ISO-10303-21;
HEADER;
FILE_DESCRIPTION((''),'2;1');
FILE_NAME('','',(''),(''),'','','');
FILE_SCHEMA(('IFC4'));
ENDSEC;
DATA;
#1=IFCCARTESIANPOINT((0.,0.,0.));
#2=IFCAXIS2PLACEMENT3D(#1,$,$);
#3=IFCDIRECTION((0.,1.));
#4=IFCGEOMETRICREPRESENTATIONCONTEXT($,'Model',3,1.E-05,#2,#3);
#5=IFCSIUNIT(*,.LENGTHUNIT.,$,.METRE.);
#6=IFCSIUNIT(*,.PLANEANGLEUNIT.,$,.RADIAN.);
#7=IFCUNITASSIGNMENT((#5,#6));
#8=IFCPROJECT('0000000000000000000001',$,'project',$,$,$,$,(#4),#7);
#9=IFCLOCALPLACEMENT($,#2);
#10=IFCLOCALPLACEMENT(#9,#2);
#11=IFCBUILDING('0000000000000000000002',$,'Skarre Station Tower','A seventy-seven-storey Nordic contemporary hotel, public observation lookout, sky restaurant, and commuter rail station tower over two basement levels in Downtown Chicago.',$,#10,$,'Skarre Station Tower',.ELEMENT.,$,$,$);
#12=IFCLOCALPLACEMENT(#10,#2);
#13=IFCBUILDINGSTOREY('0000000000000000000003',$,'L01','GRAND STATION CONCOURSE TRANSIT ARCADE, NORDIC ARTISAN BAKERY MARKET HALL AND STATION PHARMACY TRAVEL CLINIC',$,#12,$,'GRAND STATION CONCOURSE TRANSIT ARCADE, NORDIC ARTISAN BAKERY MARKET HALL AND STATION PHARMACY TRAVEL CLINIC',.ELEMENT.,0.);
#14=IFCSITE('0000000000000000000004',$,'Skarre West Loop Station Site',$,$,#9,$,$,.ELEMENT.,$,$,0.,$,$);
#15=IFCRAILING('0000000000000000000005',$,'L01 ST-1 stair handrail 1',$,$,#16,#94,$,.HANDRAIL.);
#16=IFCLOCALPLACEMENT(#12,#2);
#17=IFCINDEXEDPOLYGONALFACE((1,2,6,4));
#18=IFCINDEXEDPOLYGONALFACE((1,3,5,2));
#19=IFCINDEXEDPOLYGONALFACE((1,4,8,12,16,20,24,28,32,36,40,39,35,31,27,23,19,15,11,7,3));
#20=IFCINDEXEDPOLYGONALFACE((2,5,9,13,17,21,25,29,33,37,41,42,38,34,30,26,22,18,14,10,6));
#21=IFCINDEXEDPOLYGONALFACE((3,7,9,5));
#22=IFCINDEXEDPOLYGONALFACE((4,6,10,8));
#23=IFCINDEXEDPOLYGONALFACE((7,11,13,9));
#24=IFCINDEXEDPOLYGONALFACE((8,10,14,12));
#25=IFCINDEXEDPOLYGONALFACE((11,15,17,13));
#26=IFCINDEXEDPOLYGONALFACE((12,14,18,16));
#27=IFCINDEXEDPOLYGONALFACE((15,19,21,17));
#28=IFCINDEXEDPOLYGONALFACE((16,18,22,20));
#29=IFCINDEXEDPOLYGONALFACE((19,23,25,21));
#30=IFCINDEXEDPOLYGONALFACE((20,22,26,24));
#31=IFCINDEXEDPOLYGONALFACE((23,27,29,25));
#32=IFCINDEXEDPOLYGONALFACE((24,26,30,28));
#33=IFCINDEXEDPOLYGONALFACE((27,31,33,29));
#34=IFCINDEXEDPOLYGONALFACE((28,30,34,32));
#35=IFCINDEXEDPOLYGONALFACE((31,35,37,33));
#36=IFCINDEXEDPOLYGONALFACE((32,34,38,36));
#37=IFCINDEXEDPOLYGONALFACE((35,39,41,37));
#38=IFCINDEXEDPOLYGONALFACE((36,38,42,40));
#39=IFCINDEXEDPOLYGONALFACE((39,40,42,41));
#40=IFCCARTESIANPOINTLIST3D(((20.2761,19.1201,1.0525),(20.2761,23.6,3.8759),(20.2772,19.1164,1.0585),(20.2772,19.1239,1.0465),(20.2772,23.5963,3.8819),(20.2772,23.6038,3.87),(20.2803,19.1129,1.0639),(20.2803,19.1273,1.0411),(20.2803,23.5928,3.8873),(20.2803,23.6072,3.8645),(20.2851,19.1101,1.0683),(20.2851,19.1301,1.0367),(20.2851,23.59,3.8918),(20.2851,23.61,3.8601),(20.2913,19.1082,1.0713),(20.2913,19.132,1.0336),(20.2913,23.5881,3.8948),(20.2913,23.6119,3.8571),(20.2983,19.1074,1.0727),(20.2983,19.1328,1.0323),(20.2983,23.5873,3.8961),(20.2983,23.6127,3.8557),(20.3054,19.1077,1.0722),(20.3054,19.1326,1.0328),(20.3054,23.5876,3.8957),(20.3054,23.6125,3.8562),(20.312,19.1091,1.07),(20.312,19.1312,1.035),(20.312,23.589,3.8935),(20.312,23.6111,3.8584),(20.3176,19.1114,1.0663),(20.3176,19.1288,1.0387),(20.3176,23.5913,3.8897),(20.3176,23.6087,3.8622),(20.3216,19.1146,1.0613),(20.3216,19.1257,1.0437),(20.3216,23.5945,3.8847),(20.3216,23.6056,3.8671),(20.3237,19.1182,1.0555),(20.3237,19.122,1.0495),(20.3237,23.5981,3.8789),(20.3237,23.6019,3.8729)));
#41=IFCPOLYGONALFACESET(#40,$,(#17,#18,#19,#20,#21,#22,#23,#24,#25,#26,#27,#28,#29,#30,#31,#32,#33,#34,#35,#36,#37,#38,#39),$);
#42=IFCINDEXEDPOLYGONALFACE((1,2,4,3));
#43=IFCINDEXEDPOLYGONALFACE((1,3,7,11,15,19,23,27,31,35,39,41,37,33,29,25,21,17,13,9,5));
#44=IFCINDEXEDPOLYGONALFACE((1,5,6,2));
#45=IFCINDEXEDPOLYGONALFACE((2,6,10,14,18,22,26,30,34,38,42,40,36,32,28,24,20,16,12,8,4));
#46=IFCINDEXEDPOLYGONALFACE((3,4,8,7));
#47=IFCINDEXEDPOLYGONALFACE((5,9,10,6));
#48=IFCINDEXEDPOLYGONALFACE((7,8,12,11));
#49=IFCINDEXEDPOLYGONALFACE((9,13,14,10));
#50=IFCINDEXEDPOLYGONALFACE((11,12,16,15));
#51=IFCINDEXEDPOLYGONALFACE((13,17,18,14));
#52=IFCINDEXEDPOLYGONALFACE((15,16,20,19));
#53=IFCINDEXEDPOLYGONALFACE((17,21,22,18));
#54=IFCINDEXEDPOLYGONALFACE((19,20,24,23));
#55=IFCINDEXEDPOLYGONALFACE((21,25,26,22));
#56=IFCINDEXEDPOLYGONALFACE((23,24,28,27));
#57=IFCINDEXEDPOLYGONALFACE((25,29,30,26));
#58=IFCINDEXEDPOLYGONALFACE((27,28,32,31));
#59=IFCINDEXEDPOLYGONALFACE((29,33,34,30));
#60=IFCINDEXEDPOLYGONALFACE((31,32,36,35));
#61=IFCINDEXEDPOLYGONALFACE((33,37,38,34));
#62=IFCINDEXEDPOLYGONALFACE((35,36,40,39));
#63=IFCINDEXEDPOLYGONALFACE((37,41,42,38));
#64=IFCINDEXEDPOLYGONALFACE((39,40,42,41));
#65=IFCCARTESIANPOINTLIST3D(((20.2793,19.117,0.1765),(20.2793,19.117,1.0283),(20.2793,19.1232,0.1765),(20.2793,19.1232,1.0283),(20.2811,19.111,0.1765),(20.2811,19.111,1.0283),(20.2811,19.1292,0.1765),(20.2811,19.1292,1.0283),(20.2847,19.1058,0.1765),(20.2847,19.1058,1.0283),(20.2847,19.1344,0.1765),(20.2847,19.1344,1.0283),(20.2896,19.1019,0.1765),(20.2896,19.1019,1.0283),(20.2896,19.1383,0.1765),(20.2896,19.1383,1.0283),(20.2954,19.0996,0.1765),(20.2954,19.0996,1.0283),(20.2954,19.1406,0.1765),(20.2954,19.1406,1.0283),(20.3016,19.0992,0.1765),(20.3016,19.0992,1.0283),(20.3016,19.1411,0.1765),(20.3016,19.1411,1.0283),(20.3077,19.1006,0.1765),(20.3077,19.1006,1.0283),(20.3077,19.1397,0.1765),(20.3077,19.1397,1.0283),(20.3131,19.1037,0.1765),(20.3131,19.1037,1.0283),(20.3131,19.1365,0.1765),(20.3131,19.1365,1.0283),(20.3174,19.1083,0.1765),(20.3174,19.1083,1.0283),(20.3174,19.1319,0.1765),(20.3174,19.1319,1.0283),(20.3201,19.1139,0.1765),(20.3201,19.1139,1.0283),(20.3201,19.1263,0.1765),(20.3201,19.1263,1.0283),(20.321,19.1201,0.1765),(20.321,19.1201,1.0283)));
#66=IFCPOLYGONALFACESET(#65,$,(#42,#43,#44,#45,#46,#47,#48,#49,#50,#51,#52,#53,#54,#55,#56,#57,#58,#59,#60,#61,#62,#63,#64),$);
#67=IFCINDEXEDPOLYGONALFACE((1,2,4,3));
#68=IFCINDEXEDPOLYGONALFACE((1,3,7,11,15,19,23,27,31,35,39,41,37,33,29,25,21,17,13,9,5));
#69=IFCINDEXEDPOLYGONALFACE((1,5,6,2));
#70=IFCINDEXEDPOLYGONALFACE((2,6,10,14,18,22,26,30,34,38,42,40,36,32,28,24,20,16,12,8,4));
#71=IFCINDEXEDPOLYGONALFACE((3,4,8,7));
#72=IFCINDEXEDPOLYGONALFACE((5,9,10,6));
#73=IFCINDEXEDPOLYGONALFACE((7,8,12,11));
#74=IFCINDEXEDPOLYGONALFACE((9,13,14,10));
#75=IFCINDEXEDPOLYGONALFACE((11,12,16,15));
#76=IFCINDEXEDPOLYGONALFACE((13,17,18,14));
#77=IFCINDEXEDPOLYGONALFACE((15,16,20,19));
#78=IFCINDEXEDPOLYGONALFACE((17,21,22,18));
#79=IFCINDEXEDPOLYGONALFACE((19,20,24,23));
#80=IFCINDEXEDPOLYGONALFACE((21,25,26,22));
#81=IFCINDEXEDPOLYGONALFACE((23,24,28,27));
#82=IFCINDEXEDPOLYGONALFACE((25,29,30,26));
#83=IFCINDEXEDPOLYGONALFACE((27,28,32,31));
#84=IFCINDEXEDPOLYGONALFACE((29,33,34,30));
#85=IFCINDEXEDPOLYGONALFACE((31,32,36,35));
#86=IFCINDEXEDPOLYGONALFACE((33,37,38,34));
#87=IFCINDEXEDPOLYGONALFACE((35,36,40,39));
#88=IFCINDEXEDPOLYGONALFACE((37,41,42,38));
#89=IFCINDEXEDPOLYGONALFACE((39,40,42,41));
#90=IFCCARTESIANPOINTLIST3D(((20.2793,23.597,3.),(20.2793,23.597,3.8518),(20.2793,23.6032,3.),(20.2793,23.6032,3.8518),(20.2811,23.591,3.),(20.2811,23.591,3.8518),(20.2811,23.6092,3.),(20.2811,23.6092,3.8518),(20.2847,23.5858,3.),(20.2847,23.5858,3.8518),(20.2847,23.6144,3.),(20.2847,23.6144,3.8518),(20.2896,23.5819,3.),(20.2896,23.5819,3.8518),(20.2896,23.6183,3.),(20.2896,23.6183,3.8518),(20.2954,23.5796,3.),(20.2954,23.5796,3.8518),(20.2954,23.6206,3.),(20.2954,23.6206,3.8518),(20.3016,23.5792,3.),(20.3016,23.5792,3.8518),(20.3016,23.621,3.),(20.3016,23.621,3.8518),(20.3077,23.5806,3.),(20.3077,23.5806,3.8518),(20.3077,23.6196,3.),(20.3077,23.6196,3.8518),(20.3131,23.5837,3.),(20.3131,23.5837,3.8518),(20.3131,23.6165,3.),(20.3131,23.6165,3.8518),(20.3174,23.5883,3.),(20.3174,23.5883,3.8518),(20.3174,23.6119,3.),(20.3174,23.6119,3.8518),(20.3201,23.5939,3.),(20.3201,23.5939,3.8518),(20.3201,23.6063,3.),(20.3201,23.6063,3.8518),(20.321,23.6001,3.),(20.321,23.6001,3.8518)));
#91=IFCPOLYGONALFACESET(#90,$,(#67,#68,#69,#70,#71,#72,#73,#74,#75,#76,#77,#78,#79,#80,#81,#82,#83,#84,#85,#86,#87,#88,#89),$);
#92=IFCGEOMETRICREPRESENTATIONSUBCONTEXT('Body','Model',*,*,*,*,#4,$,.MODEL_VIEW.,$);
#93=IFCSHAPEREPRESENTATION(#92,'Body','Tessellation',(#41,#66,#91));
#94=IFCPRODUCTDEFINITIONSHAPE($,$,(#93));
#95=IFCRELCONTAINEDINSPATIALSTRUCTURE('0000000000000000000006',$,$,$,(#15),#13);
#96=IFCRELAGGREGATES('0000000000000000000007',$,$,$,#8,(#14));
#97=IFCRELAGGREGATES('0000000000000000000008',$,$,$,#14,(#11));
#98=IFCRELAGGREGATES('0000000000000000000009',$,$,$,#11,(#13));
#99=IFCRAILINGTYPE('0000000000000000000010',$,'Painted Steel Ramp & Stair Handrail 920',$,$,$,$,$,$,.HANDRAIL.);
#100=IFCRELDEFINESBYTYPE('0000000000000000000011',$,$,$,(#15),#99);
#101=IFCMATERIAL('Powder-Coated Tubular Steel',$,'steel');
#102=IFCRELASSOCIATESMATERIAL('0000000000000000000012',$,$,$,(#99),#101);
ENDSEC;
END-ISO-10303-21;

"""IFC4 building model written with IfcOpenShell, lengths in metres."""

from ifc_helpers import new_model, si_unit, direction, frame, origin, origin_2d, place, context, subcontext, project, spatial, circle, extrude, material, type_object, element, save


model = new_model("IFC4")

# Units and contexts
model_context = context("Model", 3, precision=1e-05, world=origin(), true_north=direction((0.0, 1.0)))
body_context = subcontext(model_context, "Body", "Model", "MODEL_VIEW")
ifc_project = project(units=[si_unit("LENGTHUNIT", "METRE"), si_unit("PLANEANGLEUNIT", "RADIAN")], contexts=[model_context])

# Site, building, storey
site_placement = place(None, origin())
site = spatial("IfcSite", under=ifc_project, at=site_placement, Name="Skarre West Loop Station Site", CompositionType="ELEMENT", RefElevation=0.0)
building_placement = place(site_placement, origin())
building = spatial("IfcBuilding", under=site, at=building_placement, Name="Skarre Station Tower", Description="A seventy-seven-storey Nordic contemporary hotel, public observation lookout, sky restaurant, and commuter rail station tower over two basement levels in Downtown Chicago.", LongName="Skarre Station Tower", CompositionType="ELEMENT")
storey_placement = place(building_placement, origin())
storey = spatial("IfcBuildingStorey", under=building, at=storey_placement, Name="L01", Description="GRAND STATION CONCOURSE TRANSIT ARCADE, NORDIC ARTISAN BAKERY MARKET HALL AND STATION PHARMACY TRAVEL CLINIC", LongName="GRAND STATION CONCOURSE TRANSIT ARCADE, NORDIC ARTISAN BAKERY MARKET HALL AND STATION PHARMACY TRAVEL CLINIC", CompositionType="ELEMENT", Elevation=0.0)

# Railing
ifc_material_1 = material(Name="Powder-Coated Tubular Steel", Category="steel")
railing_type_1 = type_object("IfcRailingType", Name="Painted Steel Ramp & Stair Handrail 920", PredefinedType="HANDRAIL", material=ifc_material_1)
railing_1_placement = place(storey_placement, frame((20.3, 19.1201, 0.1765)))
element("IfcRailing", 1, at=railing_1_placement, inside=storey, type_object=railing_type_1, Name="L01 ST-1 stair handrail 1", PredefinedType="HANDRAIL", context=body_context, shape_type="SweptSolid", body=[
    extrude(circle(Radius=0.0239, at=origin_2d()), frame((0.0, 0.0, 0.876), z_axis=(0.0, 0.845998, 0.533186), x_axis=(-1.0, 0.0, 0.0)), (0.0, 0.0, 1.0), 5.2954),
    extrude(circle(Radius=0.021, at=origin_2d()), origin(), (0.0, 0.0, 1.0), 0.8518),
    extrude(circle(Radius=0.021, at=origin_2d()), frame((0.0, 4.48, 2.8235)), (0.0, 0.0, 1.0), 0.8518),
])

save(model, "model.ifc")
